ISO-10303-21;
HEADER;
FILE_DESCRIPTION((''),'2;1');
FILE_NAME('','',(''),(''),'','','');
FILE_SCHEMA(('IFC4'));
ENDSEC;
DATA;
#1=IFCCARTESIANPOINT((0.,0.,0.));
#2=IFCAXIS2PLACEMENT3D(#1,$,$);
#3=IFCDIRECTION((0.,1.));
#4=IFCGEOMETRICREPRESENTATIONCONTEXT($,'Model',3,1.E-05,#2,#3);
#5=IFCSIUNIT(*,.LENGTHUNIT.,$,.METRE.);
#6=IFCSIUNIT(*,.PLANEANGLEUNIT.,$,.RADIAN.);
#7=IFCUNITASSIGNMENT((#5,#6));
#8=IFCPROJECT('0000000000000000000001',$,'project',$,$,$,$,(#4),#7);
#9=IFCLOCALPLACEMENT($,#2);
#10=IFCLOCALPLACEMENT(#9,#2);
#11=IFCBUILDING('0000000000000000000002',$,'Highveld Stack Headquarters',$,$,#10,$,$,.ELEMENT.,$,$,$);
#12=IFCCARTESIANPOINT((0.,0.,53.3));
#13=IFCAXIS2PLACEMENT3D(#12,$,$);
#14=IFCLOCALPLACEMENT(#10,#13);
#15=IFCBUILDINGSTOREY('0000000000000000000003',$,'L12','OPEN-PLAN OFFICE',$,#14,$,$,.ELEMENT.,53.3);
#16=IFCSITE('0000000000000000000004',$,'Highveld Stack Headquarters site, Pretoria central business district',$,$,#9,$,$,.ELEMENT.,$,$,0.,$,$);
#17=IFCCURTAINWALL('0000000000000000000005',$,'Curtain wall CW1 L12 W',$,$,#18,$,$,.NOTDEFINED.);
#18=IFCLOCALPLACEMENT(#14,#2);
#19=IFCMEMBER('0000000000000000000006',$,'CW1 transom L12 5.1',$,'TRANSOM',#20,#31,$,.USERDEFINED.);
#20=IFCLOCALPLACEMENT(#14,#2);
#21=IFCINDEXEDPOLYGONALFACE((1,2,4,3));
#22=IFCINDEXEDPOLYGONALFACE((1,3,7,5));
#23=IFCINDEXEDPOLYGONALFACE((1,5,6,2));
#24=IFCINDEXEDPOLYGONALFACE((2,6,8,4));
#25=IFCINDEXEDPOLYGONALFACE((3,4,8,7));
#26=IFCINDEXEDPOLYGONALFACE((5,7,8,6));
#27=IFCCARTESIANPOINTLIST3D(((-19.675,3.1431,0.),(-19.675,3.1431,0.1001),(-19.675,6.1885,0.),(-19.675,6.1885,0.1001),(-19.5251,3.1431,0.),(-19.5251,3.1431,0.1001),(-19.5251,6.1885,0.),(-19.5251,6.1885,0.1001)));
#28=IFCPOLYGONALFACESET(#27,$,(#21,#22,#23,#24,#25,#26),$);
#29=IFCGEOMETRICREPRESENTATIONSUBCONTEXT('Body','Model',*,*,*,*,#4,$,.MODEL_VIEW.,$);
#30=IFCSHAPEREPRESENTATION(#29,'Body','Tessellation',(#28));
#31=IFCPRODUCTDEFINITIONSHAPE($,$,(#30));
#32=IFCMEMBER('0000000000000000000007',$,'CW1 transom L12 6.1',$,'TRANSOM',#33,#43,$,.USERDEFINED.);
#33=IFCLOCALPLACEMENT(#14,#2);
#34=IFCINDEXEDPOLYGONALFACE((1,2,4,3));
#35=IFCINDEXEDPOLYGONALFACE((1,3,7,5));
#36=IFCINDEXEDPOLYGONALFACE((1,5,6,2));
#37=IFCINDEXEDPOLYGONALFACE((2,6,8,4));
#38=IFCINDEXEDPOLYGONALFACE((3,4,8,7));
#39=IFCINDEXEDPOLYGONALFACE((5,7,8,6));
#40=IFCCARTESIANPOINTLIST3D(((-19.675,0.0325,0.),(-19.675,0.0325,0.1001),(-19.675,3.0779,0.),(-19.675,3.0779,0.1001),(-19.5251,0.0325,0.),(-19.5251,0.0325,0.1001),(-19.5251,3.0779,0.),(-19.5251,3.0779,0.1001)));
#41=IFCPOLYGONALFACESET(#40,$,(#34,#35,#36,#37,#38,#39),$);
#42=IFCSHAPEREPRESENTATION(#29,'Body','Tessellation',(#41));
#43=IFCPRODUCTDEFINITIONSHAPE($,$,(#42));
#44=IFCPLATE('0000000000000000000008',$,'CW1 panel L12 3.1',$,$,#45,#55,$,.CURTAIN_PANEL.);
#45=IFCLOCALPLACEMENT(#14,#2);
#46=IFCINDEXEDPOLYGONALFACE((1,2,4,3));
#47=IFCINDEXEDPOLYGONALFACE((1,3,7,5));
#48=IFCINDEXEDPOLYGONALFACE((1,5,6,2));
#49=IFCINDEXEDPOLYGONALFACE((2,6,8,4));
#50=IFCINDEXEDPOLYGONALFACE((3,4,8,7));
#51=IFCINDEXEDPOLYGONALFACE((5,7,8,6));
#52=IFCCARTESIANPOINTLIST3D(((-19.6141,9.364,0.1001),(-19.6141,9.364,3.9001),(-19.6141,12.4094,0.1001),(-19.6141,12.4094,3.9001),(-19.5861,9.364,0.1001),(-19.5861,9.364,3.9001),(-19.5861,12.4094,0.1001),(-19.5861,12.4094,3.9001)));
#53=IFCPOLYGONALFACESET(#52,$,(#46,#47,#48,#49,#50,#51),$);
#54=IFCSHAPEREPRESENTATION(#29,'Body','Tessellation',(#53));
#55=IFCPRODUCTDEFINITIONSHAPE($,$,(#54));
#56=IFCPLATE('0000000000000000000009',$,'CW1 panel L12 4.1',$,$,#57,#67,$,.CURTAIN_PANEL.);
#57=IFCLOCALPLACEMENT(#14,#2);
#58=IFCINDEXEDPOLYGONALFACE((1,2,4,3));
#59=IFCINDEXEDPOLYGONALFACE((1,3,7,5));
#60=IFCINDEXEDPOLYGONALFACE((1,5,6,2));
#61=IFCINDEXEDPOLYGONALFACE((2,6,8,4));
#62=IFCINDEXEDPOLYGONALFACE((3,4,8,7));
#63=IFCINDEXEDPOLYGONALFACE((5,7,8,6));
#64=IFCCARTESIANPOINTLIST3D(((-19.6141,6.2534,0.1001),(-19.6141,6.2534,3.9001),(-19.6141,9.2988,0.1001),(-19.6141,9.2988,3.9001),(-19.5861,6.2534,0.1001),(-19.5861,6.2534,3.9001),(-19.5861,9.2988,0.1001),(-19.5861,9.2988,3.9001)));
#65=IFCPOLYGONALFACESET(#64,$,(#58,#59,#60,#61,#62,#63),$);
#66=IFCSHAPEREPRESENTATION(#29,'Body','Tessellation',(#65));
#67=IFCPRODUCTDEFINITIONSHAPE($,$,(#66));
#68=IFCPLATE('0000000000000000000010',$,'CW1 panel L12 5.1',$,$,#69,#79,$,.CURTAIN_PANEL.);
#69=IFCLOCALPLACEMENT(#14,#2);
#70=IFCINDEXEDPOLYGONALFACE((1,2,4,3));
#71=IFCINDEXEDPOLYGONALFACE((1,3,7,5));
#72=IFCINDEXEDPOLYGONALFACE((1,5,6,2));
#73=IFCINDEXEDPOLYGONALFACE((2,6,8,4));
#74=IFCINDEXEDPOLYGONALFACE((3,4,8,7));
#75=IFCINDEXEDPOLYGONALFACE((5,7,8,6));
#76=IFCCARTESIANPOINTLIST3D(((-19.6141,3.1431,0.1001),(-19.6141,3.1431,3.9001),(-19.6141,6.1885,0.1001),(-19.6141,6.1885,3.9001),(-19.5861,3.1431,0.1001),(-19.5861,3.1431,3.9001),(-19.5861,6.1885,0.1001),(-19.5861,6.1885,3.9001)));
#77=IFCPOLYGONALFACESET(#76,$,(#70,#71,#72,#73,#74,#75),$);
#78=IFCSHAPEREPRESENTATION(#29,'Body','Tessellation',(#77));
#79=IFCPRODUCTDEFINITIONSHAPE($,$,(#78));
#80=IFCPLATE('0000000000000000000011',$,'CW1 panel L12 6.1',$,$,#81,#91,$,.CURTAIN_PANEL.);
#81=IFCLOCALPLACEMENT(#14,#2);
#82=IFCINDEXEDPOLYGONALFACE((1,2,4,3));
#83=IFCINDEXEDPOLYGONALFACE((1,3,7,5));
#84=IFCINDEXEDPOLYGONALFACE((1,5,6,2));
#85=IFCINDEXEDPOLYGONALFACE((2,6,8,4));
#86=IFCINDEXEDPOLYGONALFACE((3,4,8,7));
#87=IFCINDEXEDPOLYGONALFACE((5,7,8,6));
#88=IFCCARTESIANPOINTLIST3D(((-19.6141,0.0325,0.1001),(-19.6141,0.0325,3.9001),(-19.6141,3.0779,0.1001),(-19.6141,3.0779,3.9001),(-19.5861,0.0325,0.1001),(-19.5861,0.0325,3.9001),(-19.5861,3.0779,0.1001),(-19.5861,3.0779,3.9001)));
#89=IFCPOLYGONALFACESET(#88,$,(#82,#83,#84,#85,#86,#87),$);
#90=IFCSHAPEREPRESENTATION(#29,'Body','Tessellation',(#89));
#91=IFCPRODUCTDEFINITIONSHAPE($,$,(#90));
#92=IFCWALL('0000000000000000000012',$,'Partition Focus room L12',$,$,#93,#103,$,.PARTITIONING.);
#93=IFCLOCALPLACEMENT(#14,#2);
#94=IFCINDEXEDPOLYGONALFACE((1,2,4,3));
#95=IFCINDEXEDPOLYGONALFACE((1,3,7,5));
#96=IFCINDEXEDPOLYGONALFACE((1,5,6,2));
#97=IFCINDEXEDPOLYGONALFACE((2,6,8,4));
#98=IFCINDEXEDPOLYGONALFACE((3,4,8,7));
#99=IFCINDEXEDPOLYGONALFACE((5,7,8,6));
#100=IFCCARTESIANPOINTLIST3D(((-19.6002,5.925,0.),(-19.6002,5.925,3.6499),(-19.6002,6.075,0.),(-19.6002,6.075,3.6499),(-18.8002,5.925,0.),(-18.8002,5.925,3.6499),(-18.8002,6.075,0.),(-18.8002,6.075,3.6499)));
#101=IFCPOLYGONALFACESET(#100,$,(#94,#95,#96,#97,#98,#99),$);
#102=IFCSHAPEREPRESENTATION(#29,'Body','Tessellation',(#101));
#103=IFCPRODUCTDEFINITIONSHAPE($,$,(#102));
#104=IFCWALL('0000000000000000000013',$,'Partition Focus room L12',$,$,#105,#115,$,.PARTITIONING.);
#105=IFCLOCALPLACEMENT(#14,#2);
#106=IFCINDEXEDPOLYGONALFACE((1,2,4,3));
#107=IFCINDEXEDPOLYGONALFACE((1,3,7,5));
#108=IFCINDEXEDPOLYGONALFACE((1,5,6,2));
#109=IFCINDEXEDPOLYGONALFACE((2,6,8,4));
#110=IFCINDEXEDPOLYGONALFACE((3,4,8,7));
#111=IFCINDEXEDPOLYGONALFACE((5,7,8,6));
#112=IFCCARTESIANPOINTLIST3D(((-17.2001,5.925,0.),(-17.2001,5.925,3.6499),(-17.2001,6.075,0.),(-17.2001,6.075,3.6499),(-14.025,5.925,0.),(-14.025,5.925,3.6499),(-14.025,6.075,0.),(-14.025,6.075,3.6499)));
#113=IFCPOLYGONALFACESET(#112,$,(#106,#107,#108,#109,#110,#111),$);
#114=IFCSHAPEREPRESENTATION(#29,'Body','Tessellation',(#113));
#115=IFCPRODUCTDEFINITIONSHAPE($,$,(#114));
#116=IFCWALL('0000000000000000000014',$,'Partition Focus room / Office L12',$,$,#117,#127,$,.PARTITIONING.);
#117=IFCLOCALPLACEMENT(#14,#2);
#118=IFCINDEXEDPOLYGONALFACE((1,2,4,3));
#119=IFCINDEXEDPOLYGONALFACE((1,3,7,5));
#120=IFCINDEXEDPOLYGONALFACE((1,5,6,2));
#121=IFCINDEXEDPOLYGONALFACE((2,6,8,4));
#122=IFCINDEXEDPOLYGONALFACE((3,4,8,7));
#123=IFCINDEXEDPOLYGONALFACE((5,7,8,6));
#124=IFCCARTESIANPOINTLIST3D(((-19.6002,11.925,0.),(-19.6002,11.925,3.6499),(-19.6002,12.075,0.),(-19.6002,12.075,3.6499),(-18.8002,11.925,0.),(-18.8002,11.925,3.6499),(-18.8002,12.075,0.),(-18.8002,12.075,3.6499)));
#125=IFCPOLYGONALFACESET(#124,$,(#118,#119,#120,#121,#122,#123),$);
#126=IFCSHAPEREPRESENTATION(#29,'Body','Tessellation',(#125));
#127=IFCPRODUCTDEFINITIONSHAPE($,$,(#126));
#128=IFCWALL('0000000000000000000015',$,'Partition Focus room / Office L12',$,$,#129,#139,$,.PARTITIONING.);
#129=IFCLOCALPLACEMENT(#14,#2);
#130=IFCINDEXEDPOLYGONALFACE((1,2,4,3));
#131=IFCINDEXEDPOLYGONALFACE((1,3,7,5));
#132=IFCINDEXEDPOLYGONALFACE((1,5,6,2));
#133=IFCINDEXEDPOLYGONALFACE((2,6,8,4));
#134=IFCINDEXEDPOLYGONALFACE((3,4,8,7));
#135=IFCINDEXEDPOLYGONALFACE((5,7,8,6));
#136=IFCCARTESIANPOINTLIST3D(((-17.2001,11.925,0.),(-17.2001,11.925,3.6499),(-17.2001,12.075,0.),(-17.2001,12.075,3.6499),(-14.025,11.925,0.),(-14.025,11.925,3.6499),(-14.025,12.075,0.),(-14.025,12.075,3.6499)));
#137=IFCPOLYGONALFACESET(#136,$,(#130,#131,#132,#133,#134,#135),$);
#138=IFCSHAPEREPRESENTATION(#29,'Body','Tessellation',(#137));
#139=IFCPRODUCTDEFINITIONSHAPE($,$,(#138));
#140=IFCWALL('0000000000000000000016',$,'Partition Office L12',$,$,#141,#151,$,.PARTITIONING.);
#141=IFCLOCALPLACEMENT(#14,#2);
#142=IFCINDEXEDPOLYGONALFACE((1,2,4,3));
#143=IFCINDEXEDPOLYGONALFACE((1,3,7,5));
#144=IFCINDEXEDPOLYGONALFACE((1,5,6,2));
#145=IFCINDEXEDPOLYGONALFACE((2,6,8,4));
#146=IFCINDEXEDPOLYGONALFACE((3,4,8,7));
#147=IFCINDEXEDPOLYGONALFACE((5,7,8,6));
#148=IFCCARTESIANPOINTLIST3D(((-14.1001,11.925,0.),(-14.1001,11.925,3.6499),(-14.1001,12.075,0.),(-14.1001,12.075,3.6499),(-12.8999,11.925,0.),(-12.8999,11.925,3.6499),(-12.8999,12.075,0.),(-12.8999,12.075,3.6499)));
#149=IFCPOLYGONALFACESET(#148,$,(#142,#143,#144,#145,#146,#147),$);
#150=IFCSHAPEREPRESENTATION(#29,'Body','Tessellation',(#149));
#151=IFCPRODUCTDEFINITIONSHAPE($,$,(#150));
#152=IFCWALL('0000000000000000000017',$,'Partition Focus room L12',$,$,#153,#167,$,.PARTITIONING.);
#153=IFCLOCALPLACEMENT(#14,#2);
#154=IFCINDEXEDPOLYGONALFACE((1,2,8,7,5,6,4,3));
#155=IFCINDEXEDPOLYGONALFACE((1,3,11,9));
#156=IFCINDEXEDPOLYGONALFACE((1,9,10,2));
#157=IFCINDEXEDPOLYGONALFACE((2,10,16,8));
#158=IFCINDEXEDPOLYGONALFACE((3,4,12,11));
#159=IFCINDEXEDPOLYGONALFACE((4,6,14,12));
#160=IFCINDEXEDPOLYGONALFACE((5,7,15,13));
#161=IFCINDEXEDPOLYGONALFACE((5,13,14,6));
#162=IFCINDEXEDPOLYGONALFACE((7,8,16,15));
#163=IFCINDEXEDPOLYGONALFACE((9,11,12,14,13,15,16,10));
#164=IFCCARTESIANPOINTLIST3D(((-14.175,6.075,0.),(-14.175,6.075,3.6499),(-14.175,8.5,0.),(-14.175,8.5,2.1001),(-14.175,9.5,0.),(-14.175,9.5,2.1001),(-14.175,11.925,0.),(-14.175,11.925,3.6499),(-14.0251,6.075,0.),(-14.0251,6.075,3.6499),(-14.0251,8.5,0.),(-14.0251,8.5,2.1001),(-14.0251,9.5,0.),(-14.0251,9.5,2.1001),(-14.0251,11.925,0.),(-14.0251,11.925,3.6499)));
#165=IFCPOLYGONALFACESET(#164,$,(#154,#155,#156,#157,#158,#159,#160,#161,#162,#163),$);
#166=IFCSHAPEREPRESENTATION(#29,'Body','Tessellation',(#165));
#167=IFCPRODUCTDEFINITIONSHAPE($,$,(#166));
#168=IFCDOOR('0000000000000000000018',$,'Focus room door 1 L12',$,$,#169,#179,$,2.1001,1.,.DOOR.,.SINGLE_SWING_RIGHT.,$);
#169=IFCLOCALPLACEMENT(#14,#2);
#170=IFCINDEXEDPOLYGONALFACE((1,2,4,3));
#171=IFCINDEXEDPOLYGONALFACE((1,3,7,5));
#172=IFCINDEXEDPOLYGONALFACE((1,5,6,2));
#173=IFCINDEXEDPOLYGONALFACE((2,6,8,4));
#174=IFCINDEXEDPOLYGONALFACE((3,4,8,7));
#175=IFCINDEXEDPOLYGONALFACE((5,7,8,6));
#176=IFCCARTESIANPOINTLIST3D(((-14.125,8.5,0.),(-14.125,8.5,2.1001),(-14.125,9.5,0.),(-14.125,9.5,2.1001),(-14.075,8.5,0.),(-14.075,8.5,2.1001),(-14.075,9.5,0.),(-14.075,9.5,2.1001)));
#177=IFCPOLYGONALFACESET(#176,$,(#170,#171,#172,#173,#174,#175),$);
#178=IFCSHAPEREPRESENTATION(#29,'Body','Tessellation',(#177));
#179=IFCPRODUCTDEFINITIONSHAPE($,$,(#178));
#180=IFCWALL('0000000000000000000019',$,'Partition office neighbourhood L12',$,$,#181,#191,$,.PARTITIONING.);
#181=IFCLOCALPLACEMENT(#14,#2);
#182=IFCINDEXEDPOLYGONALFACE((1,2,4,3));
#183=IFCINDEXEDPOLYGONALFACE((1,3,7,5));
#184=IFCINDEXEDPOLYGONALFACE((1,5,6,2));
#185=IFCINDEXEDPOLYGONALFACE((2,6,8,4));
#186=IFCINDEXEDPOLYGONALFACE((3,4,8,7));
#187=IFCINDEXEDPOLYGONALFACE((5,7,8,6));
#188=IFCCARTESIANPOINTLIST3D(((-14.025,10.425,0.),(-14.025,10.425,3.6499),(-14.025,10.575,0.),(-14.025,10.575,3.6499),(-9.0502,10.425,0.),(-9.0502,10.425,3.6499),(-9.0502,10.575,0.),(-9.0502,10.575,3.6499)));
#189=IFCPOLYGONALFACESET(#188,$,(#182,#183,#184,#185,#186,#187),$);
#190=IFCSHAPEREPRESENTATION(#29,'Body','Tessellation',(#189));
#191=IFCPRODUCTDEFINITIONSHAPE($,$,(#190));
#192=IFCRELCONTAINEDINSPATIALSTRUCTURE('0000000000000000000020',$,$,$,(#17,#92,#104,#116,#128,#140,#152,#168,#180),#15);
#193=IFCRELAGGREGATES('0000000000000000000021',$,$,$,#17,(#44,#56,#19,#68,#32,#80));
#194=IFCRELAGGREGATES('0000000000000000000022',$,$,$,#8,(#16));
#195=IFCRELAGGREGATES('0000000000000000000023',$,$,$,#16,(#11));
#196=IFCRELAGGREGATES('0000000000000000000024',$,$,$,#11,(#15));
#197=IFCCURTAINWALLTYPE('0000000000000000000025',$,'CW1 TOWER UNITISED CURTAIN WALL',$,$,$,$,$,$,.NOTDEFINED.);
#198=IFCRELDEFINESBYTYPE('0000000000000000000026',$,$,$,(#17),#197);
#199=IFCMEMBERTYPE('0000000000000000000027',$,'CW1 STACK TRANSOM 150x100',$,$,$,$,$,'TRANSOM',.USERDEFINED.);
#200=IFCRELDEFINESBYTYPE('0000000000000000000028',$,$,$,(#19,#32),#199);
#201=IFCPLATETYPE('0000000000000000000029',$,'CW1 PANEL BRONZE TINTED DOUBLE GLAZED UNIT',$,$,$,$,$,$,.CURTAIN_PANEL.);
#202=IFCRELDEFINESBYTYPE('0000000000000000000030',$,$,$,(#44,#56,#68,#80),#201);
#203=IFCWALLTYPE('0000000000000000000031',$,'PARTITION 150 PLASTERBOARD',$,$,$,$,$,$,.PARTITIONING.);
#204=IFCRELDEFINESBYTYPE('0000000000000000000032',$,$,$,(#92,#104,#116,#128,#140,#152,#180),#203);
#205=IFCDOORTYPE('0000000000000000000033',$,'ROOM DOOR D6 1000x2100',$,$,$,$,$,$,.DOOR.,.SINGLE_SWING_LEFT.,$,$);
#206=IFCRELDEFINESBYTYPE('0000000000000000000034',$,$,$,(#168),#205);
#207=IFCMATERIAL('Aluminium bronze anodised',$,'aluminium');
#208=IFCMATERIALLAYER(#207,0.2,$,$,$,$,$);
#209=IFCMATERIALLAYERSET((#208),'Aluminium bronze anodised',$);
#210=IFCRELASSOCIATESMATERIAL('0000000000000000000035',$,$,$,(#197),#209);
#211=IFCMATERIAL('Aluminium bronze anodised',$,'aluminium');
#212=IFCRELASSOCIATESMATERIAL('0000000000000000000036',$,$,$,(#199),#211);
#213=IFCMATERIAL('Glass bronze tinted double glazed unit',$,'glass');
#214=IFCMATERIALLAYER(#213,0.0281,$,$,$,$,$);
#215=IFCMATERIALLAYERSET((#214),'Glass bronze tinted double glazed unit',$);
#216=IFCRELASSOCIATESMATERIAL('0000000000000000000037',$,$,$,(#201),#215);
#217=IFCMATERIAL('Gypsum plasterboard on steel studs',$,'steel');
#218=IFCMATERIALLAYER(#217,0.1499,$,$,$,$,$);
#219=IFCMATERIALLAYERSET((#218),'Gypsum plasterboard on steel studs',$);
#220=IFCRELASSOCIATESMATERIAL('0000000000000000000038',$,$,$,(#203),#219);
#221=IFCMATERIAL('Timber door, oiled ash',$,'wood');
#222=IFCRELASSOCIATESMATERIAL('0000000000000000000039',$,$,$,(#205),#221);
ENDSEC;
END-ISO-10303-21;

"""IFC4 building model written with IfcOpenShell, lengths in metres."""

from ifc_helpers import new_model, si_unit, direction, frame, frame_2d, origin, origin_2d, place, context, subcontext, project, spatial, rectangle, extrude, material, layer, layer_set, material_profile, profile_set, type_object, element, fill, aggregate, save


model = new_model("IFC4")

# Units and contexts
model_context = context("Model", 3, precision=1e-05, world=origin(), true_north=direction((0.0, 1.0)))
body_context = subcontext(model_context, "Body", "Model", "MODEL_VIEW")
ifc_project = project(units=[si_unit("LENGTHUNIT", "METRE"), si_unit("PLANEANGLEUNIT", "RADIAN")], contexts=[model_context])

# Site, building, storey
site_placement = place(None, origin())
site = spatial("IfcSite", under=ifc_project, at=site_placement, Name="Highveld Stack Headquarters site, Pretoria central business district", CompositionType="ELEMENT", RefElevation=0.0)
building_placement = place(site_placement, origin())
building = spatial("IfcBuilding", under=site, at=building_placement, Name="Highveld Stack Headquarters", CompositionType="ELEMENT")
storey_placement = place(building_placement, frame((0.0, 0.0, 53.3)))
storey = spatial("IfcBuildingStorey", under=building, at=storey_placement, Name="L12", Description="OPEN-PLAN OFFICE", CompositionType="ELEMENT", Elevation=53.3)

# Curtain wall, members, plates
ifc_material_1 = material(Name="Aluminium bronze anodised", Category="aluminium")
ifc_layer_1 = layer(ifc_material_1, 0.2)
ifc_layer_set_1 = layer_set([ifc_layer_1], Name="Aluminium bronze anodised")
curtain_wall_type = type_object("IfcCurtainWallType", Name="CW1 TOWER UNITISED CURTAIN WALL", PredefinedType="NOTDEFINED", material=ifc_layer_set_1)
curtain_wall_placement = place(storey_placement, origin())
curtain_wall = element("IfcCurtainWall", 1, at=curtain_wall_placement, inside=storey, type_object=curtain_wall_type, Name="Curtain wall CW1 L12 W", PredefinedType="NOTDEFINED")
ifc_material_2 = material(Name="Aluminium bronze anodised", Category="aluminium")
ifc_material_profile_1 = material_profile(ifc_material_2, rectangle(XDim=0.1499, YDim=0.1001, at=origin_2d()), Name="CW1 TRANSOM 150x100")
ifc_profile_set_1 = profile_set([ifc_material_profile_1], Name="Aluminium bronze anodised")
member_type_1 = type_object("IfcMemberType", Name="CW1 STACK TRANSOM 150x100", ElementType="TRANSOM", PredefinedType="USERDEFINED", material=ifc_profile_set_1)
member_1_placement = place(storey_placement, frame((-19.6001, 6.1885, 0.05), z_axis=(0.0, -1.0, 0.0), x_axis=(1.0, 0.0, 0.0)))
member_1 = element("IfcMember", 2, at=member_1_placement, type_object=member_type_1, Name="CW1 transom L12 5.1", ObjectType="TRANSOM", PredefinedType="USERDEFINED", context=body_context, shape_type="SweptSolid", body=[
    extrude(rectangle(XDim=0.1499, YDim=0.1001, at=origin_2d()), origin(), (0.0, 0.0, 1.0), 3.0454),
])
member_2_placement = place(storey_placement, frame((-19.6001, 3.0779, 0.05), z_axis=(0.0, -1.0, 0.0), x_axis=(1.0, 0.0, 0.0)))
member_2 = element("IfcMember", 3, at=member_2_placement, type_object=member_type_1, Name="CW1 transom L12 6.1", ObjectType="TRANSOM", PredefinedType="USERDEFINED", context=body_context, shape_type="SweptSolid", body=[
    extrude(rectangle(XDim=0.1499, YDim=0.1001, at=origin_2d()), origin(), (0.0, 0.0, 1.0), 3.0454),
])
ifc_material_3 = material(Name="Glass bronze tinted double glazed unit", Category="glass")
ifc_layer_2 = layer(ifc_material_3, 0.0281)
ifc_layer_set_2 = layer_set([ifc_layer_2], Name="Glass bronze tinted double glazed unit")
plate_type = type_object("IfcPlateType", Name="CW1 PANEL BRONZE TINTED DOUBLE GLAZED UNIT", PredefinedType="CURTAIN_PANEL", material=ifc_layer_set_2)
plate_1_placement = place(storey_placement, frame((-19.6001, 10.8867, 0.1001), z_axis=(0.0, 0.0, 1.0), x_axis=(0.0, -1.0, 0.0)))
plate_1 = element("IfcPlate", 4, at=plate_1_placement, type_object=plate_type, Name="CW1 panel L12 3.1", PredefinedType="CURTAIN_PANEL", context=body_context, shape_type="SweptSolid", body=[
    extrude(rectangle(XDim=3.0454, YDim=0.0281, at=origin_2d()), origin(), (0.0, 0.0, 1.0), 3.8),
])
plate_2_placement = place(storey_placement, frame((-19.6001, 7.7761, 0.1001), z_axis=(0.0, 0.0, 1.0), x_axis=(0.0, -1.0, 0.0)))
plate_2 = element("IfcPlate", 5, at=plate_2_placement, type_object=plate_type, Name="CW1 panel L12 4.1", PredefinedType="CURTAIN_PANEL", context=body_context, shape_type="SweptSolid", body=[
    extrude(rectangle(XDim=3.0454, YDim=0.0281, at=origin_2d()), origin(), (0.0, 0.0, 1.0), 3.8),
])
plate_3_placement = place(storey_placement, frame((-19.6001, 4.6658, 0.1001), z_axis=(0.0, 0.0, 1.0), x_axis=(0.0, -1.0, 0.0)))
plate_3 = element("IfcPlate", 6, at=plate_3_placement, type_object=plate_type, Name="CW1 panel L12 5.1", PredefinedType="CURTAIN_PANEL", context=body_context, shape_type="SweptSolid", body=[
    extrude(rectangle(XDim=3.0454, YDim=0.0281, at=origin_2d()), origin(), (0.0, 0.0, 1.0), 3.8),
])
plate_4_placement = place(storey_placement, frame((-19.6001, 1.5552, 0.1001), z_axis=(0.0, 0.0, 1.0), x_axis=(0.0, -1.0, 0.0)))
plate_4 = element("IfcPlate", 7, at=plate_4_placement, type_object=plate_type, Name="CW1 panel L12 6.1", PredefinedType="CURTAIN_PANEL", context=body_context, shape_type="SweptSolid", body=[
    extrude(rectangle(XDim=3.0454, YDim=0.0281, at=origin_2d()), origin(), (0.0, 0.0, 1.0), 3.8),
])
aggregate(curtain_wall, [plate_1, plate_2, member_1, plate_3, member_2, plate_4])

# Walls
ifc_material_4 = material(Name="Gypsum plasterboard on steel studs", Category="steel")
ifc_layer_3 = layer(ifc_material_4, 0.1499)
ifc_layer_set_3 = layer_set([ifc_layer_3], Name="Gypsum plasterboard on steel studs")
wall_type = type_object("IfcWallType", Name="PARTITION 150 PLASTERBOARD", PredefinedType="PARTITIONING", material=ifc_layer_set_3)
wall_1_placement = place(storey_placement, frame((-19.6001, 6.0, 0.0), z_axis=(0.0, 0.0, 1.0), x_axis=(1.0, 0.0, 0.0)))
element("IfcWall", 8, at=wall_1_placement, inside=storey, type_object=wall_type, Name="Partition Focus room L12", PredefinedType="PARTITIONING", context=body_context, shape_type="SweptSolid", body=[
    extrude(rectangle(XDim=0.8, YDim=0.1499, at=frame_2d((0.3999, 0.0))), origin(), (0.0, 0.0, 1.0), 3.6499),
])
wall_2_placement = place(storey_placement, frame((-17.2, 6.0, 0.0), z_axis=(0.0, 0.0, 1.0), x_axis=(1.0, 0.0, 0.0)))
element("IfcWall", 9, at=wall_2_placement, inside=storey, type_object=wall_type, Name="Partition Focus room L12", PredefinedType="PARTITIONING", context=body_context, shape_type="SweptSolid", body=[
    extrude(rectangle(XDim=3.175, YDim=0.1499, at=frame_2d((1.5874, 0.0))), origin(), (0.0, 0.0, 1.0), 3.6499),
])
wall_3_placement = place(storey_placement, frame((-19.6001, 12.0, 0.0), z_axis=(0.0, 0.0, 1.0), x_axis=(1.0, 0.0, 0.0)))
element("IfcWall", 10, at=wall_3_placement, inside=storey, type_object=wall_type, Name="Partition Focus room / Office L12", PredefinedType="PARTITIONING", context=body_context, shape_type="SweptSolid", body=[
    extrude(rectangle(XDim=0.8, YDim=0.1499, at=frame_2d((0.3999, 0.0))), origin(), (0.0, 0.0, 1.0), 3.6499),
])
wall_4_placement = place(storey_placement, frame((-17.2, 12.0, 0.0), z_axis=(0.0, 0.0, 1.0), x_axis=(1.0, 0.0, 0.0)))
element("IfcWall", 11, at=wall_4_placement, inside=storey, type_object=wall_type, Name="Partition Focus room / Office L12", PredefinedType="PARTITIONING", context=body_context, shape_type="SweptSolid", body=[
    extrude(rectangle(XDim=3.175, YDim=0.1499, at=frame_2d((1.5874, 0.0))), origin(), (0.0, 0.0, 1.0), 3.6499),
])
wall_5_placement = place(storey_placement, frame((-14.1001, 12.0, 0.0), z_axis=(0.0, 0.0, 1.0), x_axis=(1.0, 0.0, 0.0)))
element("IfcWall", 12, at=wall_5_placement, inside=storey, type_object=wall_type, Name="Partition Office L12", PredefinedType="PARTITIONING", context=body_context, shape_type="SweptSolid", body=[
    extrude(rectangle(XDim=1.2002, YDim=0.1499, at=frame_2d((0.6001, 0.0))), origin(), (0.0, 0.0, 1.0), 3.6499),
])

# Wall, opening, door
wall_6_placement = place(storey_placement, frame((-14.1001, 6.075, 0.0), z_axis=(0.0, 0.0, 1.0), x_axis=(0.0, 1.0, 0.0)))
wall_6 = element("IfcWall", 13, at=wall_6_placement, inside=storey, type_object=wall_type, Name="Partition Focus room L12", PredefinedType="PARTITIONING", context=body_context, shape_type="SweptSolid", body=[
    extrude(rectangle(XDim=5.8501, YDim=0.1499, at=frame_2d((2.925, 0.0))), origin(), (0.0, 0.0, 1.0), 3.6499),
])
opening_placement = place(wall_6_placement, frame((2.425, 0.0, 0.0)))
opening = element("IfcOpeningElement", 14, at=opening_placement, cuts=wall_6, PredefinedType="OPENING", context=body_context, shape_type="SweptSolid", body=[
    extrude(rectangle(XDim=1.0, YDim=2.1001, at=frame_2d((0.5, 1.05))), frame((0.0, 0.085, 0.0), z_axis=(0.0, -1.0, 0.0), x_axis=(1.0, 0.0, 0.0)), (0.0, 0.0, 1.0), 0.1699),
])
ifc_material_5 = material(Name="Timber door, oiled ash", Category="wood")
door_type = type_object("IfcDoorType", Name="ROOM DOOR D6 1000x2100", OperationType="SINGLE_SWING_LEFT", PredefinedType="DOOR", material=ifc_material_5)
door_placement = place(opening_placement, origin())
door = element("IfcDoor", 15, at=door_placement, inside=storey, type_object=door_type, Name="Focus room door 1 L12", OperationType="SINGLE_SWING_RIGHT", OverallHeight=2.1001, OverallWidth=1.0, PredefinedType="DOOR", context=body_context, shape_type="SweptSolid", body=[
    extrude(rectangle(XDim=1.0, YDim=2.1001, at=frame_2d((0.5, 1.05))), frame((0.0, 0.0249, 0.0), z_axis=(0.0, -1.0, 0.0), x_axis=(1.0, 0.0, 0.0)), (0.0, 0.0, 1.0), 0.05),
])
fill(opening, door)

# Wall
wall_7_placement = place(storey_placement, frame((-14.0249, 10.5, 0.0), z_axis=(0.0, 0.0, 1.0), x_axis=(1.0, 0.0, 0.0)))
element("IfcWall", 16, at=wall_7_placement, inside=storey, type_object=wall_type, Name="Partition office neighbourhood L12", PredefinedType="PARTITIONING", context=body_context, shape_type="SweptSolid", body=[
    extrude(rectangle(XDim=4.9749, YDim=0.1499, at=frame_2d((2.4873, 0.0))), origin(), (0.0, 0.0, 1.0), 3.6499),
])

save(model, "model.ifc")
